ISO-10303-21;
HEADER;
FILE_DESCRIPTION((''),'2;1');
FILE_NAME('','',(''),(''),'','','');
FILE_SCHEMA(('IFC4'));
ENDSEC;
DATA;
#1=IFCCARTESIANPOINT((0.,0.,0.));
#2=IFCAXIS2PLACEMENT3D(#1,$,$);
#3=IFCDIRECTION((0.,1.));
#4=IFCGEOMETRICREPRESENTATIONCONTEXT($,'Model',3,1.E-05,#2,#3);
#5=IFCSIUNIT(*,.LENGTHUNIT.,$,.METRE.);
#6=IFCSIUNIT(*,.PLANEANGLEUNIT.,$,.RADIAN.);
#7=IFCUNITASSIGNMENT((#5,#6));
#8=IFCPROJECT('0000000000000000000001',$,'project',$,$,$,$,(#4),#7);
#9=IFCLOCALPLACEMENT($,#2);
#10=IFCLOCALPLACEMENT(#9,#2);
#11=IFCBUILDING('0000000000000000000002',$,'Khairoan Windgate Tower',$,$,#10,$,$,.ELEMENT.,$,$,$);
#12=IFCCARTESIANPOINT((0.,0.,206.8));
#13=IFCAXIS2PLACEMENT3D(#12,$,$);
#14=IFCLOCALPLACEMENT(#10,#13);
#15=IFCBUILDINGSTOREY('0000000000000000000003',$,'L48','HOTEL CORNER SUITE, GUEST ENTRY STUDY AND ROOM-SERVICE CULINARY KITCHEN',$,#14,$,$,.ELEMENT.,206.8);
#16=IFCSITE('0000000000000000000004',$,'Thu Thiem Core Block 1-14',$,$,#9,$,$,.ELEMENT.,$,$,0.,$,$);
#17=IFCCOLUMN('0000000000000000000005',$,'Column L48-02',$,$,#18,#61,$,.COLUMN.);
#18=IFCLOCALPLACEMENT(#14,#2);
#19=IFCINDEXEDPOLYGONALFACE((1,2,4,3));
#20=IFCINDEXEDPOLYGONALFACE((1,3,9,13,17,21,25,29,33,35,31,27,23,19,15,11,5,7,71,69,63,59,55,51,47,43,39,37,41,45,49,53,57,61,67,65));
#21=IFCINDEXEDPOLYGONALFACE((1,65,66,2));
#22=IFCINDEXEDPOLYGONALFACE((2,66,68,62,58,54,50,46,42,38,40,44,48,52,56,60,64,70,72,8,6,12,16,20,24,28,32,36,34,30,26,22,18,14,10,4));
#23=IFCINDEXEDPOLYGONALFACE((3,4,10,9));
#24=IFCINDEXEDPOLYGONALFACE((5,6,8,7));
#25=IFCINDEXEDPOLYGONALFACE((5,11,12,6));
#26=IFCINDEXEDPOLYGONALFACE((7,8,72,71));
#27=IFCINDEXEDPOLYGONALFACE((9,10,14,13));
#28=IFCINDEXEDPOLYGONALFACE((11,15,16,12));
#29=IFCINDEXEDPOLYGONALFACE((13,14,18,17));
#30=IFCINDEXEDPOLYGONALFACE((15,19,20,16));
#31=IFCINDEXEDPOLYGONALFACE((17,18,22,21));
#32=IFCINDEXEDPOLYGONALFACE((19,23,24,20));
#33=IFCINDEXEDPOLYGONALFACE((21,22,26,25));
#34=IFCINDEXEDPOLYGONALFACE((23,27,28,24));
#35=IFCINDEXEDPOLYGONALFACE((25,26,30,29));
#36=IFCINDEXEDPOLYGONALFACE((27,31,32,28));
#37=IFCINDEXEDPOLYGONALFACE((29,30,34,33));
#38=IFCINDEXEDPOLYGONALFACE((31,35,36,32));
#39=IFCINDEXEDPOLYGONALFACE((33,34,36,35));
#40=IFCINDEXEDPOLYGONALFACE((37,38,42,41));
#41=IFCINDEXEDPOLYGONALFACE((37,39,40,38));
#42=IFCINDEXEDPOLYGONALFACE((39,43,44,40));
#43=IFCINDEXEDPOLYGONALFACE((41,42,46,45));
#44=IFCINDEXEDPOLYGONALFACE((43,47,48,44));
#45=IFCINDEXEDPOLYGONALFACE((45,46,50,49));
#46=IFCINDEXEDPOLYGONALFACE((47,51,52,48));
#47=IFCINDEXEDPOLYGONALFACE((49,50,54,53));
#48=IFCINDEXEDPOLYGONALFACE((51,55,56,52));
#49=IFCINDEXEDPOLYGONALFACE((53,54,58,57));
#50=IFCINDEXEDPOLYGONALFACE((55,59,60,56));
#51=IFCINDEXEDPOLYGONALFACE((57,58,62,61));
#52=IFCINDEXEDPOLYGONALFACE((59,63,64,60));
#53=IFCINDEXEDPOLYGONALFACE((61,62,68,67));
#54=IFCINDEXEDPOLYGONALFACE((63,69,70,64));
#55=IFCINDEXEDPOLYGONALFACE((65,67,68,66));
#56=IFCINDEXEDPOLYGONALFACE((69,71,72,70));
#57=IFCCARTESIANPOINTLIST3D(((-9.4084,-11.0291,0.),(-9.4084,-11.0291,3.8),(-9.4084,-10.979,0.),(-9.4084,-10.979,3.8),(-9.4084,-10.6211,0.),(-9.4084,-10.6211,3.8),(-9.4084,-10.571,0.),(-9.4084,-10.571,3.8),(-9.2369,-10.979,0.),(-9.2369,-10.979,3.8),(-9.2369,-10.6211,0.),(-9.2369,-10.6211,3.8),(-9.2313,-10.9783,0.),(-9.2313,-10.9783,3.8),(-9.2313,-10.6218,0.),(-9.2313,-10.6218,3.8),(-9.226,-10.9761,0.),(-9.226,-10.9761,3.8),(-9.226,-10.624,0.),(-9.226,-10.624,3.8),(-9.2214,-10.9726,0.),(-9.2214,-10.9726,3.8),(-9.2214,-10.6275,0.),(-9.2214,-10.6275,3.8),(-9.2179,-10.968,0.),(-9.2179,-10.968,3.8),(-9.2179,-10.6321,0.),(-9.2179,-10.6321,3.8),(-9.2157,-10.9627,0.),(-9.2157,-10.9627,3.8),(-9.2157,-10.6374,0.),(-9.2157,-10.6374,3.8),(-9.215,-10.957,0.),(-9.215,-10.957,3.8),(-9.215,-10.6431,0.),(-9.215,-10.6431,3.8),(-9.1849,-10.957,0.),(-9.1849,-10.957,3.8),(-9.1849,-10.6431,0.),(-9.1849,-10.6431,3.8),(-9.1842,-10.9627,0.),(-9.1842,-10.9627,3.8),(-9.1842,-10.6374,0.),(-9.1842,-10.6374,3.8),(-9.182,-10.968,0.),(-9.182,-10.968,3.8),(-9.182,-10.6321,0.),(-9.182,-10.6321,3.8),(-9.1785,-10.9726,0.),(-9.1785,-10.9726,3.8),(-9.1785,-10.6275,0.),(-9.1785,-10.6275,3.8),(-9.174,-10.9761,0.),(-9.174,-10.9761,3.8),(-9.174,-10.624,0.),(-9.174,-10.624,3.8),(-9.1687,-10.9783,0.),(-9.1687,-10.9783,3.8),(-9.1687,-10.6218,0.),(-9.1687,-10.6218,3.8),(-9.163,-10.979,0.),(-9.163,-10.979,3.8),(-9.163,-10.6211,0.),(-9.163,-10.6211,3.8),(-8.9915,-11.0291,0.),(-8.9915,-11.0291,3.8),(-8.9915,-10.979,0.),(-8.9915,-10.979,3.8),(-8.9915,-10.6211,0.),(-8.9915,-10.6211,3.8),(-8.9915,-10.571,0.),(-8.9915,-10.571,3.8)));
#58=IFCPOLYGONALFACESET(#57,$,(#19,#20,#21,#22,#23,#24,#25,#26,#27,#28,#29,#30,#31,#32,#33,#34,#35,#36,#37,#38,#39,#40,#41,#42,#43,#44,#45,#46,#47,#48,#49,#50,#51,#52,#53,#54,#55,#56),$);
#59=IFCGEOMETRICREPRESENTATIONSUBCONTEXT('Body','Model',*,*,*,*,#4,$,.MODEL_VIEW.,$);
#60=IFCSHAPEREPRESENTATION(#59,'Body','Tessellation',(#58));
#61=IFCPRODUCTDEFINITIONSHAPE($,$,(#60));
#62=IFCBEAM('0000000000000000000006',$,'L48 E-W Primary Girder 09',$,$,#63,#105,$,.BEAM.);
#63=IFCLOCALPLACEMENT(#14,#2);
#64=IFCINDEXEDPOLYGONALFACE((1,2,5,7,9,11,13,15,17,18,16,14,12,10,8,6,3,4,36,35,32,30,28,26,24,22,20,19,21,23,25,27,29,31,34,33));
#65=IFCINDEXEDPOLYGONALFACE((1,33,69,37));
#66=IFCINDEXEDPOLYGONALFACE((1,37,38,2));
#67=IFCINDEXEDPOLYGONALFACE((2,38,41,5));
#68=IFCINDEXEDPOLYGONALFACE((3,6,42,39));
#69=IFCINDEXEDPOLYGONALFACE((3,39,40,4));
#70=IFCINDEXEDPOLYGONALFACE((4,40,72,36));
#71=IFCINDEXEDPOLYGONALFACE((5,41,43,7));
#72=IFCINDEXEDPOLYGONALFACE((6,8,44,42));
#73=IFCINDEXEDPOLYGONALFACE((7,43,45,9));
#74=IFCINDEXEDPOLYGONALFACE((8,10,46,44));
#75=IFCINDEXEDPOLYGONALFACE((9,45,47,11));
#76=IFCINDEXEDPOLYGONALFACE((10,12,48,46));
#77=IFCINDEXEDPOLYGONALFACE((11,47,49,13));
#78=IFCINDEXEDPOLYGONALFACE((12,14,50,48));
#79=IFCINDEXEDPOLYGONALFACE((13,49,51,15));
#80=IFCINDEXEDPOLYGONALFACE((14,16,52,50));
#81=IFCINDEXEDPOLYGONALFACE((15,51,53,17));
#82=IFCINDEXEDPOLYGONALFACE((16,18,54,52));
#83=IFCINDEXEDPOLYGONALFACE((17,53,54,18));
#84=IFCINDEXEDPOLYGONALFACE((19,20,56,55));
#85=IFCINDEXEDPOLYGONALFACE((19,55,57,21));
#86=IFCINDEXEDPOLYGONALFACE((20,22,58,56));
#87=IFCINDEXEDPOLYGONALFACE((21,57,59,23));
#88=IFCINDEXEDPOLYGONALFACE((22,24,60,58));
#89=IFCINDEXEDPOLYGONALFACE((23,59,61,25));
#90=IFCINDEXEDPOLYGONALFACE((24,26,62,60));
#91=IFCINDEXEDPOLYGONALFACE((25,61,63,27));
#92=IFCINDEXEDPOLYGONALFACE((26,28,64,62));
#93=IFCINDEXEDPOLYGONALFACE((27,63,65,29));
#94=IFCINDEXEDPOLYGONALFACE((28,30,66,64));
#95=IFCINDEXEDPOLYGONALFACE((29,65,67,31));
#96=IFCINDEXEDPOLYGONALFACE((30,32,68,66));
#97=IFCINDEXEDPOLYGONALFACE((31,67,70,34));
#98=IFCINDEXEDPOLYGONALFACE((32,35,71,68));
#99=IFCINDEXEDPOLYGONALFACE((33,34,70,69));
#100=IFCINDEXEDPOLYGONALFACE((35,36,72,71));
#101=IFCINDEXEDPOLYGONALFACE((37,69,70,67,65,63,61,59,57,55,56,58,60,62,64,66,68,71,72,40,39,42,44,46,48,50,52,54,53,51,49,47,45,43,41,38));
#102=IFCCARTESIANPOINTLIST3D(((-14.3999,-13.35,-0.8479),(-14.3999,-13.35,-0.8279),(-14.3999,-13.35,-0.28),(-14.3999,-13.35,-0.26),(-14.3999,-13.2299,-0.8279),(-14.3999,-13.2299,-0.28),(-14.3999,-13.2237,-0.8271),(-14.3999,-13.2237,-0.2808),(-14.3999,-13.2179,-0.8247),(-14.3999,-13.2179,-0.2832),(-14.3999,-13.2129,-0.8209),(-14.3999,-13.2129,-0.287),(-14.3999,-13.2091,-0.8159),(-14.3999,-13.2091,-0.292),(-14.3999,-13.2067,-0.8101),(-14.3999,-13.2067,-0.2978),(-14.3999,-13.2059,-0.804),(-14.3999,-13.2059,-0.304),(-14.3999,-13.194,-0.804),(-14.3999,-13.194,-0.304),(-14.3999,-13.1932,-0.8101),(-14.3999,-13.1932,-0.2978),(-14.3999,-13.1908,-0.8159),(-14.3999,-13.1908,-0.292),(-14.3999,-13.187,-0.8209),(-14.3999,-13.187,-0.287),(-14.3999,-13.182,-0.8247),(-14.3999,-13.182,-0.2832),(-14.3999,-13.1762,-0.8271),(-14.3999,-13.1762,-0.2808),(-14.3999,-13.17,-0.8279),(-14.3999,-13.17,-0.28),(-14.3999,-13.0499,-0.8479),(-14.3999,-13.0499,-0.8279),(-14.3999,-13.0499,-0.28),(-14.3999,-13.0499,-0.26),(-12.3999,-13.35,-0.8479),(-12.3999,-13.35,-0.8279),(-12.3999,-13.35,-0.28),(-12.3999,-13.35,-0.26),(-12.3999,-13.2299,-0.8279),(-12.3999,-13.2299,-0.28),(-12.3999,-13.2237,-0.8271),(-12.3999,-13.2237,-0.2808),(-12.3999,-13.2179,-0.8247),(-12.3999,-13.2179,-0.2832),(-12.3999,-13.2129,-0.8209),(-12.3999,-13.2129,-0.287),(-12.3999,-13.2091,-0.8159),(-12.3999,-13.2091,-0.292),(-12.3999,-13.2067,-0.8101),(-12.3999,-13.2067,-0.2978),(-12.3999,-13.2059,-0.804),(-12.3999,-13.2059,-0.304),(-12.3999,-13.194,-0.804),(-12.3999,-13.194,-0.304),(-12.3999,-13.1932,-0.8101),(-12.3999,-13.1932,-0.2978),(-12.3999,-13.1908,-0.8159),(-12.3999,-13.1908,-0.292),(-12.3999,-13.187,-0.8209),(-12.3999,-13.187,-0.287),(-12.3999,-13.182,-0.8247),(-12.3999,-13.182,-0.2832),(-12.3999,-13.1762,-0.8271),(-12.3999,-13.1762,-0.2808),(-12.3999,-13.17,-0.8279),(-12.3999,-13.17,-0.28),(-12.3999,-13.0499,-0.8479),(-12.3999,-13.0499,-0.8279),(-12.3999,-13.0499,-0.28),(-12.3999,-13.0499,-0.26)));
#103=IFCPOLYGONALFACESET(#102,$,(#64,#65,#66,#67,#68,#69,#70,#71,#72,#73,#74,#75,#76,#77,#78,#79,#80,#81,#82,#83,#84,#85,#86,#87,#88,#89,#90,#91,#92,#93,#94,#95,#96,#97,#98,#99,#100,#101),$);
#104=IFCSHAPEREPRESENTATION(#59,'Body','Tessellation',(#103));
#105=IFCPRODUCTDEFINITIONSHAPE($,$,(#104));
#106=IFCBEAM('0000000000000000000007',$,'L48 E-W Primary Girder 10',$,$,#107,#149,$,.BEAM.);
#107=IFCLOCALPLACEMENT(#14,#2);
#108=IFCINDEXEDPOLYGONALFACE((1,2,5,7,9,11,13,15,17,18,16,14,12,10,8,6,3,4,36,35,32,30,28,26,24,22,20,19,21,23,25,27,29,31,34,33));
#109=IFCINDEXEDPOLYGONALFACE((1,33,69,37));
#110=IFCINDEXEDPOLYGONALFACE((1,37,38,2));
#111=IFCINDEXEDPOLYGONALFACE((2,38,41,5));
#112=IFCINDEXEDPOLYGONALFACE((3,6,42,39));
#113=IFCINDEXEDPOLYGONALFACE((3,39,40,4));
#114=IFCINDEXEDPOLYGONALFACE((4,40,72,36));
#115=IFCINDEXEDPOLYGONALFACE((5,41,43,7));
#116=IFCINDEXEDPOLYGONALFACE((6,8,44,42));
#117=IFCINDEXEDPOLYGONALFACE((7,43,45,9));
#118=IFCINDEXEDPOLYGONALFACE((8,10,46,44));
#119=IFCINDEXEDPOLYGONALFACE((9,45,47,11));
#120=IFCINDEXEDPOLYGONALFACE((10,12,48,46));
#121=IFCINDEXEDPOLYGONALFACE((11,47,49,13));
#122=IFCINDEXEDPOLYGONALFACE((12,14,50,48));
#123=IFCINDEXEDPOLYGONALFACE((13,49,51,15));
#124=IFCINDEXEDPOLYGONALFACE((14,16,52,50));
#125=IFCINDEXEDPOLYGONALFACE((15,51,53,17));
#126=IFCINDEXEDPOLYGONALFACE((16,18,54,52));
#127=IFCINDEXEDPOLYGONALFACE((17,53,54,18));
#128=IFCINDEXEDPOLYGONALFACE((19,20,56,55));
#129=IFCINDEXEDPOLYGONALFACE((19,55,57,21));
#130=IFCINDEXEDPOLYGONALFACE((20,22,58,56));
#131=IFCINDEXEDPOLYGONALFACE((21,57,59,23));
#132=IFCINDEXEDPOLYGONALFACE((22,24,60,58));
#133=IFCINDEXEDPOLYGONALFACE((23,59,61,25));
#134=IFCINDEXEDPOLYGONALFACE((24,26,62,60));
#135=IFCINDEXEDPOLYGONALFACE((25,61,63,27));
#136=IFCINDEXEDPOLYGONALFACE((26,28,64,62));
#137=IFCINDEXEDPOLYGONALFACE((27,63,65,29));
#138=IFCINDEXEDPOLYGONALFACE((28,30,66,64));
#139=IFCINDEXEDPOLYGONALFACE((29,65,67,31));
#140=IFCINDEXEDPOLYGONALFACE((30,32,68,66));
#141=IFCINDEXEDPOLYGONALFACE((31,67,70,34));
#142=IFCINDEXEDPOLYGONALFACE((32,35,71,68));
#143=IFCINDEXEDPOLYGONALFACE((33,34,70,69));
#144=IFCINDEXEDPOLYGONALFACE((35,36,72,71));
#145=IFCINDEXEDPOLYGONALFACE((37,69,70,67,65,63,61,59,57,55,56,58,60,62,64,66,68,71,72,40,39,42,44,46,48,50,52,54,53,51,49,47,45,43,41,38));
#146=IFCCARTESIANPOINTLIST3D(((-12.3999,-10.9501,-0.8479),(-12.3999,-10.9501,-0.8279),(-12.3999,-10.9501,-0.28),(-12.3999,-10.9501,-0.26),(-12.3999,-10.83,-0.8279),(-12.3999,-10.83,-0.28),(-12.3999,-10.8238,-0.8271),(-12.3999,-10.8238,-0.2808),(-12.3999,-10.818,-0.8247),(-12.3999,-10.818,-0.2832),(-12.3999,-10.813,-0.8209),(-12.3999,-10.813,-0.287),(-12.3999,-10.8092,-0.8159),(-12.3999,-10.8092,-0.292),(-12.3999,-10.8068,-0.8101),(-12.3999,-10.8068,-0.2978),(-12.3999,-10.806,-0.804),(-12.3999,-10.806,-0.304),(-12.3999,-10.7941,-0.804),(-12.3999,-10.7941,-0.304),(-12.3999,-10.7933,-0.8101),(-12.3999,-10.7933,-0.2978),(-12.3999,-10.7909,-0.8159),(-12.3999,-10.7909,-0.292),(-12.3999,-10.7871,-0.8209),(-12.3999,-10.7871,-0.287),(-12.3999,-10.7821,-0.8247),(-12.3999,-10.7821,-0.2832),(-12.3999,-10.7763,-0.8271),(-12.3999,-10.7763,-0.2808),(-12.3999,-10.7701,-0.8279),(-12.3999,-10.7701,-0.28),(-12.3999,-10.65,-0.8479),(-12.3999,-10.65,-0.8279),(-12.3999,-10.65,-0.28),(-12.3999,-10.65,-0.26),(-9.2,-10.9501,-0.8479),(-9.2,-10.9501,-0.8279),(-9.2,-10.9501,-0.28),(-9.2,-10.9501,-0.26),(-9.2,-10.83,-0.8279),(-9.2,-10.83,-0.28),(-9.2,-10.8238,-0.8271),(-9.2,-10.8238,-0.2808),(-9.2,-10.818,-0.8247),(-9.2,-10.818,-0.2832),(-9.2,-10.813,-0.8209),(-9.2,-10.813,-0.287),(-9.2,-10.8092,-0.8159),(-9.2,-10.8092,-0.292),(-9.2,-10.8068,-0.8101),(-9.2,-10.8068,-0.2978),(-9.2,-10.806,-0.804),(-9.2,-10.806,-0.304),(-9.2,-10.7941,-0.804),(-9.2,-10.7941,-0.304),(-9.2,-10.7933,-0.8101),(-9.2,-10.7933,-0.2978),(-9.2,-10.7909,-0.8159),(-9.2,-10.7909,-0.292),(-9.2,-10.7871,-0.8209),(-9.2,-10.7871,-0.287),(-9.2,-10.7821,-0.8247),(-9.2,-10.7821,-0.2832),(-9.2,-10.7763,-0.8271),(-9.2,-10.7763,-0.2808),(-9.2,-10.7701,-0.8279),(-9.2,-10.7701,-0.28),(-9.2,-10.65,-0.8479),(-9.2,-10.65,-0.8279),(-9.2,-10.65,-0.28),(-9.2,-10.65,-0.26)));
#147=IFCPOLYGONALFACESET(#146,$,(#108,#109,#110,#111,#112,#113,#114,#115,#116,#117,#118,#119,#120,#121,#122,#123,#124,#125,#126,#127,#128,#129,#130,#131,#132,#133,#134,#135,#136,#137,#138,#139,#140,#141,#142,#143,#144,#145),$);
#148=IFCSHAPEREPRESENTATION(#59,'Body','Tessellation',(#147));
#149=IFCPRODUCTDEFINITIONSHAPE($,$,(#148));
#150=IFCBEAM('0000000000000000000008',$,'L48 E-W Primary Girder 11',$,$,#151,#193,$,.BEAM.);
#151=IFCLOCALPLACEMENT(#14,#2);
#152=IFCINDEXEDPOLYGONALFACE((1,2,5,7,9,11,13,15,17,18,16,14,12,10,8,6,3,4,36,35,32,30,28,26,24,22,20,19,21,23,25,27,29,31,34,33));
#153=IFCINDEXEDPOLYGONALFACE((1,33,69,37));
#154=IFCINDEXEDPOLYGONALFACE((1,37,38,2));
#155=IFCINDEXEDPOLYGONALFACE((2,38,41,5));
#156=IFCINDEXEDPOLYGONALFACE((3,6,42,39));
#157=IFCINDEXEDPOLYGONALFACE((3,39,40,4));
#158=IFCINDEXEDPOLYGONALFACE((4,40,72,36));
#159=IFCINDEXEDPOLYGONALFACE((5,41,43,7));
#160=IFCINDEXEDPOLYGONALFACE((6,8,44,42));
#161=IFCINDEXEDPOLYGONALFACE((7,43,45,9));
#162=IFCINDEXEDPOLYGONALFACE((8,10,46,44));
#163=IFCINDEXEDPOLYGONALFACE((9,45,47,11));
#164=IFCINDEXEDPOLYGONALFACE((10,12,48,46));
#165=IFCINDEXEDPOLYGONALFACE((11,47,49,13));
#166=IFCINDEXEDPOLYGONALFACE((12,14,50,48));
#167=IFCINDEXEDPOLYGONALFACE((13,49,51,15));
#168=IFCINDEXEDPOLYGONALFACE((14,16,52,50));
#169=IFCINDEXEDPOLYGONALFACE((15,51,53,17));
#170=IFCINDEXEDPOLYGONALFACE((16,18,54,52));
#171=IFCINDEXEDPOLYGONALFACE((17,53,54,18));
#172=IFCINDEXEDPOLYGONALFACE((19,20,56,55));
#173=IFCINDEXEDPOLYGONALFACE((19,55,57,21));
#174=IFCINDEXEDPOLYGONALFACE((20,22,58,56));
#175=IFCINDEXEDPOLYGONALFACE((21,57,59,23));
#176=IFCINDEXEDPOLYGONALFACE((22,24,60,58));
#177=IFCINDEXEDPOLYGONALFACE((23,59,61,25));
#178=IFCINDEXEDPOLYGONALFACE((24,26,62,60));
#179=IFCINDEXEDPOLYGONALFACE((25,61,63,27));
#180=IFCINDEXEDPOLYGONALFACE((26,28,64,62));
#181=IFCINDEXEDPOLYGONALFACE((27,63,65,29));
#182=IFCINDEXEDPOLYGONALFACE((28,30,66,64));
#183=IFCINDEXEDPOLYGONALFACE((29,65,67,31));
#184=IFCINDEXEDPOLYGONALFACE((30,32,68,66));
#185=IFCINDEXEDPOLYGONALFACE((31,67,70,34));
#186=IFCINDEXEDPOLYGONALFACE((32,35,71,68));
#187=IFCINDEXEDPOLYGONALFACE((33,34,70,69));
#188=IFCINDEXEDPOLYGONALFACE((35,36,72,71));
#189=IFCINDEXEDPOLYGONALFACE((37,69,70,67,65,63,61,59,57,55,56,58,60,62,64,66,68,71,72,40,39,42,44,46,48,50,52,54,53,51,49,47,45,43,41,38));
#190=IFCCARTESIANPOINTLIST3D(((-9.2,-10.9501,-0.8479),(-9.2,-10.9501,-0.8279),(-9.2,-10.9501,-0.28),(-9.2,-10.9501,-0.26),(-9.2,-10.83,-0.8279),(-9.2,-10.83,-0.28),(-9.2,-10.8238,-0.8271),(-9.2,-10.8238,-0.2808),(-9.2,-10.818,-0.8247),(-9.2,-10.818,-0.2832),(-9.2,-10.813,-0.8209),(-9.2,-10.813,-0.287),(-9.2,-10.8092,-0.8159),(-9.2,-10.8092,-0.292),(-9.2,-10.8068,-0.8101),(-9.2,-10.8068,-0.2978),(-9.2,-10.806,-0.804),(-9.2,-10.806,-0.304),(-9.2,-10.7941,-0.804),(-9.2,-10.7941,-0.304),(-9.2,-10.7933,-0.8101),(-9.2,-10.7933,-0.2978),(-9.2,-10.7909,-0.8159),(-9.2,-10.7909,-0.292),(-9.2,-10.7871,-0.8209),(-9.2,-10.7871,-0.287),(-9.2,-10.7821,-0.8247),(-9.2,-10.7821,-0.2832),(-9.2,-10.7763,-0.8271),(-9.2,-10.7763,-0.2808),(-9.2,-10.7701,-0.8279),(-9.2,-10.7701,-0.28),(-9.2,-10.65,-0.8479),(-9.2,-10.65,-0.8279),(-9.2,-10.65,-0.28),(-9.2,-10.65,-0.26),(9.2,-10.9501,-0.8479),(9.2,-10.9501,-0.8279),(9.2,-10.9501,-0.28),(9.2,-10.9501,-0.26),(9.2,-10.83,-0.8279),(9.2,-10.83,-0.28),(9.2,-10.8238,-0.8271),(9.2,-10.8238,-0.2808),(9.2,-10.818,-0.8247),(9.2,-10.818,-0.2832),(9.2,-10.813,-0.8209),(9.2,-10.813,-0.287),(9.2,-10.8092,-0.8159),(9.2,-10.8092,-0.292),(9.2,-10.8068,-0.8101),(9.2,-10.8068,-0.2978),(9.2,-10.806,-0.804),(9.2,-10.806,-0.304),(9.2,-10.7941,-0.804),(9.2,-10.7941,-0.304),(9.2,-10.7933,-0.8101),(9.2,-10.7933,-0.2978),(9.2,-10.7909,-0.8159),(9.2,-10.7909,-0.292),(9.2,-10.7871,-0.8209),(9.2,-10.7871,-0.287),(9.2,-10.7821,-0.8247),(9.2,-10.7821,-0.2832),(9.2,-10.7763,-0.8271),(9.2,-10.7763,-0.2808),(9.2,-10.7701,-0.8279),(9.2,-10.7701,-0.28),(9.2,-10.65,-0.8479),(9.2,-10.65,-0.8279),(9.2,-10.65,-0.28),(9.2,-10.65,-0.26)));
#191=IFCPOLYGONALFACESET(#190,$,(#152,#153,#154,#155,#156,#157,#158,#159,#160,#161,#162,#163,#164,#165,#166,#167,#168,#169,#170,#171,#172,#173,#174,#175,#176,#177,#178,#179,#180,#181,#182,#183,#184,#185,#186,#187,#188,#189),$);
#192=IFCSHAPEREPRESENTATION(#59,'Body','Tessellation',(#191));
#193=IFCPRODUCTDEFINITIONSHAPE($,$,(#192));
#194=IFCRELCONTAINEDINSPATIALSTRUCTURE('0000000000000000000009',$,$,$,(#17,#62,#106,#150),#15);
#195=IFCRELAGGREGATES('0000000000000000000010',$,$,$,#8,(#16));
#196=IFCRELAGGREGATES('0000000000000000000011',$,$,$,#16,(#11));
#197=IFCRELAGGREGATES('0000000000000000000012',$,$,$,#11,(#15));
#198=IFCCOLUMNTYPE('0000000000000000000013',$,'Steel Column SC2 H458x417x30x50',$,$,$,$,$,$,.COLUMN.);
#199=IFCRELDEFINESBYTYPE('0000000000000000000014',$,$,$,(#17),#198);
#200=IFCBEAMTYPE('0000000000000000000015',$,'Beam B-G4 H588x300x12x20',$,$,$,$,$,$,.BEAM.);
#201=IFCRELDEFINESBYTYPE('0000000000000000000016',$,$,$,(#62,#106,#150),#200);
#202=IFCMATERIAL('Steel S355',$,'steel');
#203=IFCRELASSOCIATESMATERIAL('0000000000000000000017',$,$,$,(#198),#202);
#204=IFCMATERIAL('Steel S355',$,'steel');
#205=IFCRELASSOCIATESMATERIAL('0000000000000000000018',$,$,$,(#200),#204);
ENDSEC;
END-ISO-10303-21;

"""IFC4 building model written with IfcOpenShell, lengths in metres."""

from ifc_helpers import new_model, si_unit, direction, frame, origin, origin_2d, place, context, subcontext, project, spatial, i_section, extrude, material, material_profile, profile_set, type_object, element, save


model = new_model("IFC4")

# Units and contexts
model_context = context("Model", 3, precision=1e-05, world=origin(), true_north=direction((0.0, 1.0)))
body_context = subcontext(model_context, "Body", "Model", "MODEL_VIEW")
ifc_project = project(units=[si_unit("LENGTHUNIT", "METRE"), si_unit("PLANEANGLEUNIT", "RADIAN")], contexts=[model_context])

# Site, building, storey
site_placement = place(None, origin())
site = spatial("IfcSite", under=ifc_project, at=site_placement, Name="Thu Thiem Core Block 1-14", CompositionType="ELEMENT", RefElevation=0.0)
building_placement = place(site_placement, origin())
building = spatial("IfcBuilding", under=site, at=building_placement, Name="Khairoan Windgate Tower", CompositionType="ELEMENT")
storey_placement = place(building_placement, frame((0.0, 0.0, 206.8)))
storey = spatial("IfcBuildingStorey", under=building, at=storey_placement, Name="L48", Description="HOTEL CORNER SUITE, GUEST ENTRY STUDY AND ROOM-SERVICE CULINARY KITCHEN", CompositionType="ELEMENT", Elevation=206.8)

# Column
ifc_material_1 = material(Name="Steel S355", Category="steel")
ifc_material_profile_1 = material_profile(ifc_material_1, i_section(OverallWidth=0.417, OverallDepth=0.458, WebThickness=0.03, FlangeThickness=0.05, FilletRadius=0.022, at=origin_2d()))
ifc_profile_set_1 = profile_set([ifc_material_profile_1], Name="Steel S355")
column_type = type_object("IfcColumnType", Name="Steel Column SC2 H458x417x30x50", PredefinedType="COLUMN", material=ifc_profile_set_1)
column_placement = place(storey_placement, frame((-9.2, -10.8, 0.0), z_axis=(0.0, 0.0, 1.0), x_axis=(1.0, 0.0, 0.0)))
element("IfcColumn", 1, at=column_placement, inside=storey, type_object=column_type, Name="Column L48-02", PredefinedType="COLUMN", context=body_context, shape_type="SweptSolid", body=[
    extrude(i_section(OverallWidth=0.417, OverallDepth=0.458, WebThickness=0.03, FlangeThickness=0.05, FilletRadius=0.022, at=origin_2d()), origin(), (0.0, 0.0, 1.0), 3.8),
])

# Beams
ifc_material_2 = material(Name="Steel S355", Category="steel")
ifc_material_profile_2 = material_profile(ifc_material_2, i_section(OverallWidth=0.3, OverallDepth=0.5879, WebThickness=0.012, FlangeThickness=0.02, FilletRadius=0.0239, at=origin_2d()))
ifc_profile_set_2 = profile_set([ifc_material_profile_2], Name="Steel S355")
beam_type_1 = type_object("IfcBeamType", Name="Beam B-G4 H588x300x12x20", PredefinedType="BEAM", material=ifc_profile_set_2)
beam_1_placement = place(storey_placement, frame((-14.3999, -13.2, -0.554), z_axis=(1.0, 0.0, 0.0), x_axis=(0.0, 1.0, 0.0)))
element("IfcBeam", 2, at=beam_1_placement, inside=storey, type_object=beam_type_1, Name="L48 E-W Primary Girder 09", PredefinedType="BEAM", context=body_context, shape_type="SweptSolid", body=[
    extrude(i_section(OverallWidth=0.3, OverallDepth=0.5879, WebThickness=0.012, FlangeThickness=0.02, FilletRadius=0.0239, at=origin_2d()), origin(), (0.0, 0.0, 1.0), 2.0),
])
beam_2_placement = place(storey_placement, frame((-12.3999, -10.8, -0.554), z_axis=(1.0, 0.0, 0.0), x_axis=(0.0, 1.0, 0.0)))
element("IfcBeam", 3, at=beam_2_placement, inside=storey, type_object=beam_type_1, Name="L48 E-W Primary Girder 10", PredefinedType="BEAM", context=body_context, shape_type="SweptSolid", body=[
    extrude(i_section(OverallWidth=0.3, OverallDepth=0.5879, WebThickness=0.012, FlangeThickness=0.02, FilletRadius=0.0239, at=origin_2d()), origin(), (0.0, 0.0, 1.0), 3.2),
])
beam_3_placement = place(storey_placement, frame((-9.2, -10.8, -0.554), z_axis=(1.0, 0.0, 0.0), x_axis=(0.0, 1.0, 0.0)))
element("IfcBeam", 4, at=beam_3_placement, inside=storey, type_object=beam_type_1, Name="L48 E-W Primary Girder 11", PredefinedType="BEAM", context=body_context, shape_type="SweptSolid", body=[
    extrude(i_section(OverallWidth=0.3, OverallDepth=0.5879, WebThickness=0.012, FlangeThickness=0.02, FilletRadius=0.0239, at=origin_2d()), origin(), (0.0, 0.0, 1.0), 18.3999),
])

save(model, "model.ifc")
